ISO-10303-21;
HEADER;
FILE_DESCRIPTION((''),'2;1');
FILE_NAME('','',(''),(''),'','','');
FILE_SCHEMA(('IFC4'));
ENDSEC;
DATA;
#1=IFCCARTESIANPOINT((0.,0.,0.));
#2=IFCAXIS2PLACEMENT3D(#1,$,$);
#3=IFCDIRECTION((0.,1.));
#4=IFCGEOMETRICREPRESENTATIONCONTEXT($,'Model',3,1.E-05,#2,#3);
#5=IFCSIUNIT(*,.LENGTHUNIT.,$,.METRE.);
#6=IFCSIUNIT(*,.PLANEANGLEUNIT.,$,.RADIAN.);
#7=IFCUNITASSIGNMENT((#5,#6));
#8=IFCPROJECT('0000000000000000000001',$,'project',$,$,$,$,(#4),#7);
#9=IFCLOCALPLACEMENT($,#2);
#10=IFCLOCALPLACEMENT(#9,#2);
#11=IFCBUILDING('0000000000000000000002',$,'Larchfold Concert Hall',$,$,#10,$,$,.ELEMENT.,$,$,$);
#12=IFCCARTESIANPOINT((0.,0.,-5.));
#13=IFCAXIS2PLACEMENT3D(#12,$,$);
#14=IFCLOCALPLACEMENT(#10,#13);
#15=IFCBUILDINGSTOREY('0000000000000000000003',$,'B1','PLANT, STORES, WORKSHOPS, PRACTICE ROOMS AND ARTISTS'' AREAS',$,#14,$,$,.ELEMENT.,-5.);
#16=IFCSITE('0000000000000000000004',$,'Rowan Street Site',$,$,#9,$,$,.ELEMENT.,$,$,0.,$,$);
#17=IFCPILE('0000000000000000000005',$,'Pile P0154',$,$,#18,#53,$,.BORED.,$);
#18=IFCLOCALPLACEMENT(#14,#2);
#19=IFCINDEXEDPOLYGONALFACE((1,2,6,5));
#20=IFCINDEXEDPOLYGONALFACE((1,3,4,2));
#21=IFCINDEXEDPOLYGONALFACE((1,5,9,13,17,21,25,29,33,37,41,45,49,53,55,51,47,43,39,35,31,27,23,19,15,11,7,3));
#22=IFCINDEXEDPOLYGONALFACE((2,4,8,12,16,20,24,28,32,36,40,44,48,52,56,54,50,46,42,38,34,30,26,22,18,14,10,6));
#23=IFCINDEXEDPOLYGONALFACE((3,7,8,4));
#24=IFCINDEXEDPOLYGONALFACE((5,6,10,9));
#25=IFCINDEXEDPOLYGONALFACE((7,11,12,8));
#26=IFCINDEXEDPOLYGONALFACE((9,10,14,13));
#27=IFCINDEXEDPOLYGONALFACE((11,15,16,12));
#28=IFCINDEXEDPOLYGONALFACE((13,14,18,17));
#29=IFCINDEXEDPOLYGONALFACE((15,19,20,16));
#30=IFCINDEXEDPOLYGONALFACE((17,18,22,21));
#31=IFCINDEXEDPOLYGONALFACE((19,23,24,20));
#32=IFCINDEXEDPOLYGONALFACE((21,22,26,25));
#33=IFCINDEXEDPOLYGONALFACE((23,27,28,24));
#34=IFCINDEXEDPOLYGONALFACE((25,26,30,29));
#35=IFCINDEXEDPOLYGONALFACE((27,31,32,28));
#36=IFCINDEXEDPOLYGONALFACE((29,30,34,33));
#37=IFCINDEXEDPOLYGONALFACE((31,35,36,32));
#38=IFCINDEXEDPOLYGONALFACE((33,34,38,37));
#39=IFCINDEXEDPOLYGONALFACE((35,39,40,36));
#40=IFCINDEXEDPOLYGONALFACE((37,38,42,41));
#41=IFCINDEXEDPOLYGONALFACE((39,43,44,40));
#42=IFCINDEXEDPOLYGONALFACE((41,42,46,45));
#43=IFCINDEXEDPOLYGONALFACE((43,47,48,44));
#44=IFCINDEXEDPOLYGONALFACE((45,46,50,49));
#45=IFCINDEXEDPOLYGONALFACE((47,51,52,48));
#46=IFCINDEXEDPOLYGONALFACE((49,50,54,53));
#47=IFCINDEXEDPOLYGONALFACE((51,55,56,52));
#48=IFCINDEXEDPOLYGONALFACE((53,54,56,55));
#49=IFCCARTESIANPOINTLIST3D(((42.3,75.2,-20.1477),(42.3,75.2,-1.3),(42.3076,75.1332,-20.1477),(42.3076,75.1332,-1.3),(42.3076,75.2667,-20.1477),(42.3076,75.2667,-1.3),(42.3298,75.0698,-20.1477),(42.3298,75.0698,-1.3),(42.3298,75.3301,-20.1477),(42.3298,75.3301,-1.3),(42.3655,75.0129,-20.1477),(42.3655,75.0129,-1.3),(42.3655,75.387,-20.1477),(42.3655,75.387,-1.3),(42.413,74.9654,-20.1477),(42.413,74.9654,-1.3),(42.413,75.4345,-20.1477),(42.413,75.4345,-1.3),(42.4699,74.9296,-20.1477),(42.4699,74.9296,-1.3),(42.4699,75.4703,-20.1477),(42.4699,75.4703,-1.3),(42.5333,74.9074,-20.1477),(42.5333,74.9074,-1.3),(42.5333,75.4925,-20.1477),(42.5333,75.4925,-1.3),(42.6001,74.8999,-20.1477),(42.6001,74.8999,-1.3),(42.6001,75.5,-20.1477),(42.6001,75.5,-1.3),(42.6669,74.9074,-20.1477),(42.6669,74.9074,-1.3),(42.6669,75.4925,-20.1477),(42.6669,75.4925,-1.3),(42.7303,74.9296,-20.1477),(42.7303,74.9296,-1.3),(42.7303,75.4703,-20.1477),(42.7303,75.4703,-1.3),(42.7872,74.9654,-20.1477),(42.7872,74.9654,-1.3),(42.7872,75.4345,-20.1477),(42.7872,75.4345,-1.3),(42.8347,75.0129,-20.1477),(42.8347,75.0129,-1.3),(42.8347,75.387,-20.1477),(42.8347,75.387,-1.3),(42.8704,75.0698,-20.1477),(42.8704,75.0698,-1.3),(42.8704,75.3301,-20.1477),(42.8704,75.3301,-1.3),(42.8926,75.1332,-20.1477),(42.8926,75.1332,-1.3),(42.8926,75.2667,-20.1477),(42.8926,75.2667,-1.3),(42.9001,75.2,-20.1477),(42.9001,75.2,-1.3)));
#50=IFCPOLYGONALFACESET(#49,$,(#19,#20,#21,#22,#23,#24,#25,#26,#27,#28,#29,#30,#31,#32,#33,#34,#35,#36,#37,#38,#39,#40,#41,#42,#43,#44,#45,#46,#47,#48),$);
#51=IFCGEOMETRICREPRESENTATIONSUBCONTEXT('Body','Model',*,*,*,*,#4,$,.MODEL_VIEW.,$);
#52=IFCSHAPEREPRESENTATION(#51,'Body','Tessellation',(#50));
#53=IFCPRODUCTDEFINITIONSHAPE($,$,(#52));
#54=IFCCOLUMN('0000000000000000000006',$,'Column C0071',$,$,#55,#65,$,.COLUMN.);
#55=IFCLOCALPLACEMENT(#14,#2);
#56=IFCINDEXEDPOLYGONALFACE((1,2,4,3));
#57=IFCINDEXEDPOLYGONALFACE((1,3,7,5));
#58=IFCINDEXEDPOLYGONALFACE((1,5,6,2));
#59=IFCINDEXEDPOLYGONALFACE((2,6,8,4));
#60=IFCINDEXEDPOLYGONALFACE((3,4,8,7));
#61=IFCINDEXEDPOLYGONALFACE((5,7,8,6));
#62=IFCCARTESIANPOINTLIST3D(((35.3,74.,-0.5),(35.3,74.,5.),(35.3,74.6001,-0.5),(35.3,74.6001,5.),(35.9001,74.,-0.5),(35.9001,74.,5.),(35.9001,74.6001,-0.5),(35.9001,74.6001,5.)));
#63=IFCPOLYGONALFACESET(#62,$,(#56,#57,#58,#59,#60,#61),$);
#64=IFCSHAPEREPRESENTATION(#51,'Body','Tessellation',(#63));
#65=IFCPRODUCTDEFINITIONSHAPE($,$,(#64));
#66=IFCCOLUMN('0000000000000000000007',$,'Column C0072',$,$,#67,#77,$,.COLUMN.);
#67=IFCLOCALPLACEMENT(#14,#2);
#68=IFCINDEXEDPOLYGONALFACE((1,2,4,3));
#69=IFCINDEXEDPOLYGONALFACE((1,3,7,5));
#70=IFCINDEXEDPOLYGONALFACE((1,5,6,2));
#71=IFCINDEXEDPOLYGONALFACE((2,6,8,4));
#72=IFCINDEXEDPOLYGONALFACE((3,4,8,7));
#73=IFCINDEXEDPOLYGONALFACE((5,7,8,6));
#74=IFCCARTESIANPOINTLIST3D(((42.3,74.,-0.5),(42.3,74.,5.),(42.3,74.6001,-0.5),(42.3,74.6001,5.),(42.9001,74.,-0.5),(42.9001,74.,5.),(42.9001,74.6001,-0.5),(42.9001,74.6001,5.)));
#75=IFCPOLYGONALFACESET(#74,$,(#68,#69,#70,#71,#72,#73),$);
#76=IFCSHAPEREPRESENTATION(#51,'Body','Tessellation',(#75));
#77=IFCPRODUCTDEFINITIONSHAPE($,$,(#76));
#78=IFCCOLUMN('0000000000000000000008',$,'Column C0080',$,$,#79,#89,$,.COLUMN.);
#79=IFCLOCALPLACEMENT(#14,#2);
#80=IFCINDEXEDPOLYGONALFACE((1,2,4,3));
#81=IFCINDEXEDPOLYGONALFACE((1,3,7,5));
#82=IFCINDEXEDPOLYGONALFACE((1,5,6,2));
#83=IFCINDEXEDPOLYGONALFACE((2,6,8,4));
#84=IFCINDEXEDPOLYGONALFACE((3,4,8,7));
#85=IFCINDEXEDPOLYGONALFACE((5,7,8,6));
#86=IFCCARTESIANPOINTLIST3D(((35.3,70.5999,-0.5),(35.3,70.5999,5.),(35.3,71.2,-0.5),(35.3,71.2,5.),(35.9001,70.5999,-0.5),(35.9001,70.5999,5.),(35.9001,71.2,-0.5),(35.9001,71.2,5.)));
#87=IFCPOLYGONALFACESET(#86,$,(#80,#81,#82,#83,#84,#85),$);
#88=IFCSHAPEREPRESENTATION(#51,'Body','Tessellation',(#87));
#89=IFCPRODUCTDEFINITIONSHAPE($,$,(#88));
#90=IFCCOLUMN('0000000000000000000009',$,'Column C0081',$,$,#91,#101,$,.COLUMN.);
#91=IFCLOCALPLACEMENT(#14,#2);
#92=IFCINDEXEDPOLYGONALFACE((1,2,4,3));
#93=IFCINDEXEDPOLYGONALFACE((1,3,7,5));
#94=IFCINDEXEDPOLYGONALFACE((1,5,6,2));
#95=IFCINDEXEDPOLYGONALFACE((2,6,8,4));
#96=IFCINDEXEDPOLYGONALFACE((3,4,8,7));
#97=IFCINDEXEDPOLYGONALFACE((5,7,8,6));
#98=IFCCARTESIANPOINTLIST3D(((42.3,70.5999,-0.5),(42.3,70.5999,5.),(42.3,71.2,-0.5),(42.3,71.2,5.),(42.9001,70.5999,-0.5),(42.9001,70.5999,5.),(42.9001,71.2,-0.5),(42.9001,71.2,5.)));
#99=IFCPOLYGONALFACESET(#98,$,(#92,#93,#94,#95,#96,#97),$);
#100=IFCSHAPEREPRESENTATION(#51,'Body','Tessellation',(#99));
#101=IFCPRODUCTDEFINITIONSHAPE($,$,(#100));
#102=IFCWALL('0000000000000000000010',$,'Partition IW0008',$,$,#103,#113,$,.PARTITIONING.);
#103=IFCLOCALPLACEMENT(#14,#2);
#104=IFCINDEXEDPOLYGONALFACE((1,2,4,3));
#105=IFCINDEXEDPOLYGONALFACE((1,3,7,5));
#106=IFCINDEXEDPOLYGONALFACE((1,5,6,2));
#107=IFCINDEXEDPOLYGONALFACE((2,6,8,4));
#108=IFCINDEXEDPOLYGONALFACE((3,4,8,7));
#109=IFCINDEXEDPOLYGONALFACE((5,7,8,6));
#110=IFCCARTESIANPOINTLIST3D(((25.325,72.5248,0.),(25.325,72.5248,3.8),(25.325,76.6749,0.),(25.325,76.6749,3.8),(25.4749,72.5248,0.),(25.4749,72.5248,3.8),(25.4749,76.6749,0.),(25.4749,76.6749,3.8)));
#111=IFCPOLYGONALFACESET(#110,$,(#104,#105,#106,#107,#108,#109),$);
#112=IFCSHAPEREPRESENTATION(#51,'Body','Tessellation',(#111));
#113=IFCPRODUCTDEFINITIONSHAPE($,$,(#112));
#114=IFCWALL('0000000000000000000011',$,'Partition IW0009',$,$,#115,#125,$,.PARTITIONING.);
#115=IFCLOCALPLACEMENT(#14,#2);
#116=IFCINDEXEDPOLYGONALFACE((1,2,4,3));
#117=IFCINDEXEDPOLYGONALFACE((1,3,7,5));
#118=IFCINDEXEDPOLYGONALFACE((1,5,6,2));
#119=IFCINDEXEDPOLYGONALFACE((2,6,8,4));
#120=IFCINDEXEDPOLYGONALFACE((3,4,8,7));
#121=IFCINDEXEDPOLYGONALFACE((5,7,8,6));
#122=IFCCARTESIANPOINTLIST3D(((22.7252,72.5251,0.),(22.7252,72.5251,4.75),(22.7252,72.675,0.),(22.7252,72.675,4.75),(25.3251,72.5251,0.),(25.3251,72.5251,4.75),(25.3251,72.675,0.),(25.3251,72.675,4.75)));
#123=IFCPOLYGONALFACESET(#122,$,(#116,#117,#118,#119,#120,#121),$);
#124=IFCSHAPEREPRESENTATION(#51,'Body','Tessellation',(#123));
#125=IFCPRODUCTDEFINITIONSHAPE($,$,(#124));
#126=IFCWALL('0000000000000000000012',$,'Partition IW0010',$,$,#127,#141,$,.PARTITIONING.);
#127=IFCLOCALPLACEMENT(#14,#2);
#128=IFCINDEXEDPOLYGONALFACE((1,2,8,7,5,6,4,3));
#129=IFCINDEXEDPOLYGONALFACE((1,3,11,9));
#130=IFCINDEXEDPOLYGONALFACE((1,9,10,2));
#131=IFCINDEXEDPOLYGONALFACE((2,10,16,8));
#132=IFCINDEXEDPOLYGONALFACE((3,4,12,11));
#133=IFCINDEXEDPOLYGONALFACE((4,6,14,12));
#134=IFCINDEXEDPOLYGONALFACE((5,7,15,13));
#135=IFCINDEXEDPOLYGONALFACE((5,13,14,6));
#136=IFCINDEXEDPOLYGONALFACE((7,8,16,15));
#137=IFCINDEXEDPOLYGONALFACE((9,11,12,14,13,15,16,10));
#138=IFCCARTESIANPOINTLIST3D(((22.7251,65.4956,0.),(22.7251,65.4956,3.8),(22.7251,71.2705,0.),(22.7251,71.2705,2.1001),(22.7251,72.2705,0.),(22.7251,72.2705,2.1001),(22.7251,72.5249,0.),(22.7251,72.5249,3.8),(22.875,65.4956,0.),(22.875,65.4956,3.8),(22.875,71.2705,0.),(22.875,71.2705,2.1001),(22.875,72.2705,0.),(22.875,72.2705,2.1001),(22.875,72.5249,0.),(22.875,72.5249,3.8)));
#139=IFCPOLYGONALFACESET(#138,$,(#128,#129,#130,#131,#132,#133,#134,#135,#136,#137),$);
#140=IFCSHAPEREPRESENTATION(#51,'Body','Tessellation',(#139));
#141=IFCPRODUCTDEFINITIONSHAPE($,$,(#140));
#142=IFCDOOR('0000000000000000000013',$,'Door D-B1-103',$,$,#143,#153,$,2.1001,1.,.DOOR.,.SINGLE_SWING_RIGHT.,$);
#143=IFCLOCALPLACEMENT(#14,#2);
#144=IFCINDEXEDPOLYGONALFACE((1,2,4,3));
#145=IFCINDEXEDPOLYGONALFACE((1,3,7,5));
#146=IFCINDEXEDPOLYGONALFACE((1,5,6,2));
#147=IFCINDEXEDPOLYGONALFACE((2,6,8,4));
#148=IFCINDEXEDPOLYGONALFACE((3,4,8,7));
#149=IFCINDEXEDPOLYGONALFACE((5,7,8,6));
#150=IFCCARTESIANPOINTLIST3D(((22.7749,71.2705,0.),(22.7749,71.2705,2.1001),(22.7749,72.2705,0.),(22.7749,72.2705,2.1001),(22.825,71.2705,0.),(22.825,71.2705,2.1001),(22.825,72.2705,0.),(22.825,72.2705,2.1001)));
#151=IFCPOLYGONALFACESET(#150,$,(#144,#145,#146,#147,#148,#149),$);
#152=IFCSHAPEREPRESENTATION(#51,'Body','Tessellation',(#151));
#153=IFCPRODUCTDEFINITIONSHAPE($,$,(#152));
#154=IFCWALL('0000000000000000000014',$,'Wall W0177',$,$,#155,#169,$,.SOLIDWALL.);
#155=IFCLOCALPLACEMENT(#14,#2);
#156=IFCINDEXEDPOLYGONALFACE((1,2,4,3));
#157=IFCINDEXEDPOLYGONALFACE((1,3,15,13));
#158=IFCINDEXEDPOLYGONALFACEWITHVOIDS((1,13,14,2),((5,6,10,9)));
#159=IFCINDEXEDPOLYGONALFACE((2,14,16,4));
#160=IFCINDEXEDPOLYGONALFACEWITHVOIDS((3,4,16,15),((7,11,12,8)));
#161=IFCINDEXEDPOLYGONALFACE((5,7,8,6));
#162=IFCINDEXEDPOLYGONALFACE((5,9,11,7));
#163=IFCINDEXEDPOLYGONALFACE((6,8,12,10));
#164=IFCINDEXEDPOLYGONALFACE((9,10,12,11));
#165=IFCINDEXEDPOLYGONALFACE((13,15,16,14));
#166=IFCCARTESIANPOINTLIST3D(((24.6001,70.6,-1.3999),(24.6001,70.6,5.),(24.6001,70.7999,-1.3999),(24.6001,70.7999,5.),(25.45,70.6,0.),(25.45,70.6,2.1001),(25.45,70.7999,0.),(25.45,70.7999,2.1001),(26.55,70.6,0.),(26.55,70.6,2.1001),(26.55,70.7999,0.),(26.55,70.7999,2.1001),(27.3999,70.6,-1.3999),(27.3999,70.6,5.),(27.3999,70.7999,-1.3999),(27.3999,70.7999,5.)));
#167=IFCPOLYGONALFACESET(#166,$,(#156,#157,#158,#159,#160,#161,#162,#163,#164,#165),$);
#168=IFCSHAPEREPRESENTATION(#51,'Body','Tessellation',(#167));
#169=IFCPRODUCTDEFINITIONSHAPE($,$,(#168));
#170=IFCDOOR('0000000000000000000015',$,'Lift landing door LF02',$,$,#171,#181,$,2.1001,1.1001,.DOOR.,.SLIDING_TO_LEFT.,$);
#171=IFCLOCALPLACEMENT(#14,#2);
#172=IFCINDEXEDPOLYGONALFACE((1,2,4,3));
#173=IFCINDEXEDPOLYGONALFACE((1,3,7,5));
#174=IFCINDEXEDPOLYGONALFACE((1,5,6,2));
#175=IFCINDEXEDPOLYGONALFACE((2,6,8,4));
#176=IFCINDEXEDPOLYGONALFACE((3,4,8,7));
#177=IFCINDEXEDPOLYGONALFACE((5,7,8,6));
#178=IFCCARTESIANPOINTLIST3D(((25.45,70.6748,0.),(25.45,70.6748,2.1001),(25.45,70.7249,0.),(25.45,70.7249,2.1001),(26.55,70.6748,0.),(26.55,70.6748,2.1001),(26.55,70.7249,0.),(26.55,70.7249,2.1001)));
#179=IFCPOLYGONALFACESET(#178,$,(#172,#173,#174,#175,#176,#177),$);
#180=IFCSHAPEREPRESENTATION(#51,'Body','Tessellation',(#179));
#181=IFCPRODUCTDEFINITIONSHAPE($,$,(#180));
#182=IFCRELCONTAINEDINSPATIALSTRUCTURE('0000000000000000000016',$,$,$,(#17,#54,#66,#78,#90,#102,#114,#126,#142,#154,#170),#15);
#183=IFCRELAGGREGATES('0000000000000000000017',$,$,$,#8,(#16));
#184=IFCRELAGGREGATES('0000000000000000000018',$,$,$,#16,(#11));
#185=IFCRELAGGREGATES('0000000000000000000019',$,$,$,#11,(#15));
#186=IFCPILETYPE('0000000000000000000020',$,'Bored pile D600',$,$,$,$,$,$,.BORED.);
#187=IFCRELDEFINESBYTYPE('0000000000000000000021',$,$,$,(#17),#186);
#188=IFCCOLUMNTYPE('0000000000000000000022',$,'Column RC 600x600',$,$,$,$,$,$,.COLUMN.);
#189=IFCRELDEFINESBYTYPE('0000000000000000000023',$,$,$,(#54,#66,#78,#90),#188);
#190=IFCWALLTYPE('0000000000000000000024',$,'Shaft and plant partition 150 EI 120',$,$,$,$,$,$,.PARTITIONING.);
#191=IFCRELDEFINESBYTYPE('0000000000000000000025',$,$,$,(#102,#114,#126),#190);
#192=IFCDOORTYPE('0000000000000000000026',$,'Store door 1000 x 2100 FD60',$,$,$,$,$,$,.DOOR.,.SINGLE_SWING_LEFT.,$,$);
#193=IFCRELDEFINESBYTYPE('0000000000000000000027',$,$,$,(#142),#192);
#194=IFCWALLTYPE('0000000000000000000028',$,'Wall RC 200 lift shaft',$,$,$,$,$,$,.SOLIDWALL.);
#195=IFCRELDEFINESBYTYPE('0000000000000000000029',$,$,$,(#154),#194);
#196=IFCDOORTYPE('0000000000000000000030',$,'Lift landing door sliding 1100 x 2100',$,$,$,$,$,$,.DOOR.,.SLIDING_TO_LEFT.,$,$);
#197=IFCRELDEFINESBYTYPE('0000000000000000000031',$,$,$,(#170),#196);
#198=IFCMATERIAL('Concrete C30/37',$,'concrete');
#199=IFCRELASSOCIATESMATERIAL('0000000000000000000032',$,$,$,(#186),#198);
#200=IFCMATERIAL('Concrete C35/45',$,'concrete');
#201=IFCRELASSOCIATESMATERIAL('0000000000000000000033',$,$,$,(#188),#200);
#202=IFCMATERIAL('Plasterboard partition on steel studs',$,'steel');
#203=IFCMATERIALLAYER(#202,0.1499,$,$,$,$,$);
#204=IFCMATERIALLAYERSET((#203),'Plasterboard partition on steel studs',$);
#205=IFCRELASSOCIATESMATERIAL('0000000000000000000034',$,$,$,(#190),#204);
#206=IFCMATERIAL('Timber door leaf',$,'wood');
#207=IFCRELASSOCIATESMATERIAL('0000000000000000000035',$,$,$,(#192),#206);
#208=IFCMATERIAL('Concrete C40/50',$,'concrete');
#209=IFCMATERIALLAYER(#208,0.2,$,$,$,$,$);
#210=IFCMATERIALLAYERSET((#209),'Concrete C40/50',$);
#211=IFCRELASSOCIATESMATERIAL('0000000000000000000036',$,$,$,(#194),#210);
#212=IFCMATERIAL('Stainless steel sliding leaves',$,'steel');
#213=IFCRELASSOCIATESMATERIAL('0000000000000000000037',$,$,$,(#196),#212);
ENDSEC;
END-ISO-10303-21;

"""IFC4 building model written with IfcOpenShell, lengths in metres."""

from ifc_helpers import new_model, si_unit, direction, frame, frame_2d, origin, origin_2d, place, context, subcontext, project, spatial, rectangle, circle, extrude, material, layer, layer_set, material_profile, profile_set, type_object, element, fill, save


model = new_model("IFC4")

# Units and contexts
model_context = context("Model", 3, precision=1e-05, world=origin(), true_north=direction((0.0, 1.0)))
body_context = subcontext(model_context, "Body", "Model", "MODEL_VIEW")
ifc_project = project(units=[si_unit("LENGTHUNIT", "METRE"), si_unit("PLANEANGLEUNIT", "RADIAN")], contexts=[model_context])

# Site, building, storey
site_placement = place(None, origin())
site = spatial("IfcSite", under=ifc_project, at=site_placement, Name="Rowan Street Site", CompositionType="ELEMENT", RefElevation=0.0)
building_placement = place(site_placement, origin())
building = spatial("IfcBuilding", under=site, at=building_placement, Name="Larchfold Concert Hall", CompositionType="ELEMENT")
storey_placement = place(building_placement, frame((0.0, 0.0, -5.0)))
storey = spatial("IfcBuildingStorey", under=building, at=storey_placement, Name="B1", Description="PLANT, STORES, WORKSHOPS, PRACTICE ROOMS AND ARTISTS' AREAS", CompositionType="ELEMENT", Elevation=-5.0)

# Pile
ifc_material_1 = material(Name="Concrete C30/37", Category="concrete")
ifc_material_profile_1 = material_profile(ifc_material_1, circle(Radius=0.3, at=origin_2d()))
ifc_profile_set_1 = profile_set([ifc_material_profile_1], Name="Concrete C30/37")
pile_type = type_object("IfcPileType", Name="Bored pile D600", PredefinedType="BORED", material=ifc_profile_set_1)
for number, where, z_axis, x_axis, name in (
    (1, (42.6001, 75.2, -1.3), (0.0, 0.0, -1.0), (1.0, 0.0, 0.0), "Pile P0154"),
):
    element("IfcPile", number, at=place(storey_placement, frame(where, z_axis=z_axis, x_axis=x_axis)), inside=storey, type_object=pile_type, Name=name, PredefinedType="BORED", context=body_context, shape_type="SweptSolid", body=[
        extrude(circle(Radius=0.3, at=origin_2d()), origin(), (0.0, 0.0, 1.0), 18.8477),
    ])

# Columns
ifc_material_2 = material(Name="Concrete C35/45", Category="concrete")
ifc_material_profile_2 = material_profile(ifc_material_2, rectangle(XDim=0.6001, YDim=0.6001, at=origin_2d()))
ifc_profile_set_2 = profile_set([ifc_material_profile_2], Name="Concrete C35/45")
column_type = type_object("IfcColumnType", Name="Column RC 600x600", PredefinedType="COLUMN", material=ifc_profile_set_2)
for number, where, z_axis, x_axis, name in (
    (2, (35.6001, 74.3, -0.5), (0.0, 0.0, 1.0), (1.0, 0.0, 0.0), "Column C0071"),
    (3, (42.6001, 74.3, -0.5), (0.0, 0.0, 1.0), (1.0, 0.0, 0.0), "Column C0072"),
    (4, (35.6001, 70.8999, -0.5), (0.0, 0.0, 1.0), (1.0, 0.0, 0.0), "Column C0080"),
    (5, (42.6001, 70.8999, -0.5), (0.0, 0.0, 1.0), (1.0, 0.0, 0.0), "Column C0081"),
):
    element("IfcColumn", number, at=place(storey_placement, frame(where, z_axis=z_axis, x_axis=x_axis)), inside=storey, type_object=column_type, Name=name, PredefinedType="COLUMN", context=body_context, shape_type="SweptSolid", body=[
        extrude(rectangle(XDim=0.6001, YDim=0.6001, at=origin_2d()), origin(), (0.0, 0.0, 1.0), 5.5),
    ])

# Walls
ifc_material_3 = material(Name="Plasterboard partition on steel studs", Category="steel")
ifc_layer_1 = layer(ifc_material_3, 0.1499)
ifc_layer_set_1 = layer_set([ifc_layer_1], Name="Plasterboard partition on steel studs")
wall_type_1 = type_object("IfcWallType", Name="Shaft and plant partition 150 EI 120", PredefinedType="PARTITIONING", material=ifc_layer_set_1)
wall_1_placement = place(storey_placement, frame((25.3999, 76.675, 0.0), z_axis=(0.0, 0.0, 1.0), x_axis=(0.0, -1.0, 0.0)))
element("IfcWall", 6, at=wall_1_placement, inside=storey, type_object=wall_type_1, Name="Partition IW0008", PredefinedType="PARTITIONING", context=body_context, shape_type="SweptSolid", body=[
    extrude(rectangle(XDim=4.1501, YDim=0.1499, at=frame_2d((2.0752, 0.0))), origin(), (0.0, 0.0, 1.0), 3.8),
])
wall_2_placement = place(storey_placement, frame((25.325, 72.6001, 0.0), z_axis=(0.0, 0.0, 1.0), x_axis=(-1.0, 0.0, 0.0)))
element("IfcWall", 7, at=wall_2_placement, inside=storey, type_object=wall_type_1, Name="Partition IW0009", PredefinedType="PARTITIONING", context=body_context, shape_type="SweptSolid", body=[
    extrude(rectangle(XDim=2.5999, YDim=0.1499, at=frame_2d((1.2998, 0.0))), origin(), (0.0, 0.0, 1.0), 4.75),
])

# Walls, openings, doors
wall_3_placement = place(storey_placement, frame((22.8, 72.5249, 0.0), z_axis=(0.0, 0.0, 1.0), x_axis=(0.0, -1.0, 0.0)))
wall_3 = element("IfcWall", 8, at=wall_3_placement, inside=storey, type_object=wall_type_1, Name="Partition IW0010", PredefinedType="PARTITIONING", context=body_context, shape_type="SweptSolid", body=[
    extrude(rectangle(XDim=7.0293, YDim=0.1499, at=frame_2d((3.5146, 0.0))), origin(), (0.0, 0.0, 1.0), 3.8),
])
opening_1_placement = place(wall_3_placement, frame((0.2544, 0.0, 0.0)))
opening_1 = element("IfcOpeningElement", 9, at=opening_1_placement, cuts=wall_3, PredefinedType="OPENING", context=body_context, shape_type="SweptSolid", body=[
    extrude(rectangle(XDim=1.0, YDim=2.1001, at=frame_2d((0.5, 1.05))), frame((0.0, 0.085, 0.0), z_axis=(0.0, -1.0, 0.0), x_axis=(1.0, 0.0, 0.0)), (0.0, 0.0, 1.0), 0.1699),
])
ifc_material_4 = material(Name="Timber door leaf", Category="wood")
door_type_1 = type_object("IfcDoorType", Name="Store door 1000 x 2100 FD60", OperationType="SINGLE_SWING_LEFT", PredefinedType="DOOR", material=ifc_material_4)
door_1_placement = place(opening_1_placement, origin())
door_1 = element("IfcDoor", 10, at=door_1_placement, inside=storey, type_object=door_type_1, Name="Door D-B1-103", OperationType="SINGLE_SWING_RIGHT", OverallHeight=2.1001, OverallWidth=1.0, PredefinedType="DOOR", context=body_context, shape_type="SweptSolid", body=[
    extrude(rectangle(XDim=1.0, YDim=2.1001, at=frame_2d((0.5, 1.05))), frame((0.0, 0.0249, 0.0), z_axis=(0.0, -1.0, 0.0), x_axis=(1.0, 0.0, 0.0)), (0.0, 0.0, 1.0), 0.05),
])
fill(opening_1, door_1)
ifc_material_5 = material(Name="Concrete C40/50", Category="concrete")
ifc_layer_2 = layer(ifc_material_5, 0.2)
ifc_layer_set_2 = layer_set([ifc_layer_2], Name="Concrete C40/50")
wall_type_2 = type_object("IfcWallType", Name="Wall RC 200 lift shaft", PredefinedType="SOLIDWALL", material=ifc_layer_set_2)
wall_4_placement = place(storey_placement, frame((24.6001, 70.7, -1.3999), z_axis=(0.0, 0.0, 1.0), x_axis=(1.0, 0.0, 0.0)))
wall_4 = element("IfcWall", 11, at=wall_4_placement, inside=storey, type_object=wall_type_2, Name="Wall W0177", PredefinedType="SOLIDWALL", context=body_context, shape_type="SweptSolid", body=[
    extrude(rectangle(XDim=2.7998, YDim=0.2, at=frame_2d((1.3999, 0.0))), origin(), (0.0, 0.0, 1.0), 6.3999),
])
opening_2_placement = place(wall_4_placement, frame((0.8499, 0.0, 1.3999)))
opening_2 = element("IfcOpeningElement", 12, at=opening_2_placement, cuts=wall_4, PredefinedType="OPENING", context=body_context, shape_type="SweptSolid", body=[
    extrude(rectangle(XDim=1.1001, YDim=2.1001, at=frame_2d((0.55, 1.05))), frame((0.0, 0.1099, 0.0), z_axis=(0.0, -1.0, 0.0), x_axis=(1.0, 0.0, 0.0)), (0.0, 0.0, 1.0), 0.22),
])
ifc_material_6 = material(Name="Stainless steel sliding leaves", Category="steel")
door_type_2 = type_object("IfcDoorType", Name="Lift landing door sliding 1100 x 2100", OperationType="SLIDING_TO_LEFT", PredefinedType="DOOR", material=ifc_material_6)
door_2_placement = place(opening_2_placement, origin())
door_2 = element("IfcDoor", 13, at=door_2_placement, inside=storey, type_object=door_type_2, Name="Lift landing door LF02", OperationType="SLIDING_TO_LEFT", OverallHeight=2.1001, OverallWidth=1.1001, PredefinedType="DOOR", context=body_context, shape_type="SweptSolid", body=[
    extrude(rectangle(XDim=1.1001, YDim=2.1001, at=frame_2d((0.55, 1.05))), frame((0.0, 0.0249, 0.0), z_axis=(0.0, -1.0, 0.0), x_axis=(1.0, 0.0, 0.0)), (0.0, 0.0, 1.0), 0.05),
])
fill(opening_2, door_2)

save(model, "model.ifc")
